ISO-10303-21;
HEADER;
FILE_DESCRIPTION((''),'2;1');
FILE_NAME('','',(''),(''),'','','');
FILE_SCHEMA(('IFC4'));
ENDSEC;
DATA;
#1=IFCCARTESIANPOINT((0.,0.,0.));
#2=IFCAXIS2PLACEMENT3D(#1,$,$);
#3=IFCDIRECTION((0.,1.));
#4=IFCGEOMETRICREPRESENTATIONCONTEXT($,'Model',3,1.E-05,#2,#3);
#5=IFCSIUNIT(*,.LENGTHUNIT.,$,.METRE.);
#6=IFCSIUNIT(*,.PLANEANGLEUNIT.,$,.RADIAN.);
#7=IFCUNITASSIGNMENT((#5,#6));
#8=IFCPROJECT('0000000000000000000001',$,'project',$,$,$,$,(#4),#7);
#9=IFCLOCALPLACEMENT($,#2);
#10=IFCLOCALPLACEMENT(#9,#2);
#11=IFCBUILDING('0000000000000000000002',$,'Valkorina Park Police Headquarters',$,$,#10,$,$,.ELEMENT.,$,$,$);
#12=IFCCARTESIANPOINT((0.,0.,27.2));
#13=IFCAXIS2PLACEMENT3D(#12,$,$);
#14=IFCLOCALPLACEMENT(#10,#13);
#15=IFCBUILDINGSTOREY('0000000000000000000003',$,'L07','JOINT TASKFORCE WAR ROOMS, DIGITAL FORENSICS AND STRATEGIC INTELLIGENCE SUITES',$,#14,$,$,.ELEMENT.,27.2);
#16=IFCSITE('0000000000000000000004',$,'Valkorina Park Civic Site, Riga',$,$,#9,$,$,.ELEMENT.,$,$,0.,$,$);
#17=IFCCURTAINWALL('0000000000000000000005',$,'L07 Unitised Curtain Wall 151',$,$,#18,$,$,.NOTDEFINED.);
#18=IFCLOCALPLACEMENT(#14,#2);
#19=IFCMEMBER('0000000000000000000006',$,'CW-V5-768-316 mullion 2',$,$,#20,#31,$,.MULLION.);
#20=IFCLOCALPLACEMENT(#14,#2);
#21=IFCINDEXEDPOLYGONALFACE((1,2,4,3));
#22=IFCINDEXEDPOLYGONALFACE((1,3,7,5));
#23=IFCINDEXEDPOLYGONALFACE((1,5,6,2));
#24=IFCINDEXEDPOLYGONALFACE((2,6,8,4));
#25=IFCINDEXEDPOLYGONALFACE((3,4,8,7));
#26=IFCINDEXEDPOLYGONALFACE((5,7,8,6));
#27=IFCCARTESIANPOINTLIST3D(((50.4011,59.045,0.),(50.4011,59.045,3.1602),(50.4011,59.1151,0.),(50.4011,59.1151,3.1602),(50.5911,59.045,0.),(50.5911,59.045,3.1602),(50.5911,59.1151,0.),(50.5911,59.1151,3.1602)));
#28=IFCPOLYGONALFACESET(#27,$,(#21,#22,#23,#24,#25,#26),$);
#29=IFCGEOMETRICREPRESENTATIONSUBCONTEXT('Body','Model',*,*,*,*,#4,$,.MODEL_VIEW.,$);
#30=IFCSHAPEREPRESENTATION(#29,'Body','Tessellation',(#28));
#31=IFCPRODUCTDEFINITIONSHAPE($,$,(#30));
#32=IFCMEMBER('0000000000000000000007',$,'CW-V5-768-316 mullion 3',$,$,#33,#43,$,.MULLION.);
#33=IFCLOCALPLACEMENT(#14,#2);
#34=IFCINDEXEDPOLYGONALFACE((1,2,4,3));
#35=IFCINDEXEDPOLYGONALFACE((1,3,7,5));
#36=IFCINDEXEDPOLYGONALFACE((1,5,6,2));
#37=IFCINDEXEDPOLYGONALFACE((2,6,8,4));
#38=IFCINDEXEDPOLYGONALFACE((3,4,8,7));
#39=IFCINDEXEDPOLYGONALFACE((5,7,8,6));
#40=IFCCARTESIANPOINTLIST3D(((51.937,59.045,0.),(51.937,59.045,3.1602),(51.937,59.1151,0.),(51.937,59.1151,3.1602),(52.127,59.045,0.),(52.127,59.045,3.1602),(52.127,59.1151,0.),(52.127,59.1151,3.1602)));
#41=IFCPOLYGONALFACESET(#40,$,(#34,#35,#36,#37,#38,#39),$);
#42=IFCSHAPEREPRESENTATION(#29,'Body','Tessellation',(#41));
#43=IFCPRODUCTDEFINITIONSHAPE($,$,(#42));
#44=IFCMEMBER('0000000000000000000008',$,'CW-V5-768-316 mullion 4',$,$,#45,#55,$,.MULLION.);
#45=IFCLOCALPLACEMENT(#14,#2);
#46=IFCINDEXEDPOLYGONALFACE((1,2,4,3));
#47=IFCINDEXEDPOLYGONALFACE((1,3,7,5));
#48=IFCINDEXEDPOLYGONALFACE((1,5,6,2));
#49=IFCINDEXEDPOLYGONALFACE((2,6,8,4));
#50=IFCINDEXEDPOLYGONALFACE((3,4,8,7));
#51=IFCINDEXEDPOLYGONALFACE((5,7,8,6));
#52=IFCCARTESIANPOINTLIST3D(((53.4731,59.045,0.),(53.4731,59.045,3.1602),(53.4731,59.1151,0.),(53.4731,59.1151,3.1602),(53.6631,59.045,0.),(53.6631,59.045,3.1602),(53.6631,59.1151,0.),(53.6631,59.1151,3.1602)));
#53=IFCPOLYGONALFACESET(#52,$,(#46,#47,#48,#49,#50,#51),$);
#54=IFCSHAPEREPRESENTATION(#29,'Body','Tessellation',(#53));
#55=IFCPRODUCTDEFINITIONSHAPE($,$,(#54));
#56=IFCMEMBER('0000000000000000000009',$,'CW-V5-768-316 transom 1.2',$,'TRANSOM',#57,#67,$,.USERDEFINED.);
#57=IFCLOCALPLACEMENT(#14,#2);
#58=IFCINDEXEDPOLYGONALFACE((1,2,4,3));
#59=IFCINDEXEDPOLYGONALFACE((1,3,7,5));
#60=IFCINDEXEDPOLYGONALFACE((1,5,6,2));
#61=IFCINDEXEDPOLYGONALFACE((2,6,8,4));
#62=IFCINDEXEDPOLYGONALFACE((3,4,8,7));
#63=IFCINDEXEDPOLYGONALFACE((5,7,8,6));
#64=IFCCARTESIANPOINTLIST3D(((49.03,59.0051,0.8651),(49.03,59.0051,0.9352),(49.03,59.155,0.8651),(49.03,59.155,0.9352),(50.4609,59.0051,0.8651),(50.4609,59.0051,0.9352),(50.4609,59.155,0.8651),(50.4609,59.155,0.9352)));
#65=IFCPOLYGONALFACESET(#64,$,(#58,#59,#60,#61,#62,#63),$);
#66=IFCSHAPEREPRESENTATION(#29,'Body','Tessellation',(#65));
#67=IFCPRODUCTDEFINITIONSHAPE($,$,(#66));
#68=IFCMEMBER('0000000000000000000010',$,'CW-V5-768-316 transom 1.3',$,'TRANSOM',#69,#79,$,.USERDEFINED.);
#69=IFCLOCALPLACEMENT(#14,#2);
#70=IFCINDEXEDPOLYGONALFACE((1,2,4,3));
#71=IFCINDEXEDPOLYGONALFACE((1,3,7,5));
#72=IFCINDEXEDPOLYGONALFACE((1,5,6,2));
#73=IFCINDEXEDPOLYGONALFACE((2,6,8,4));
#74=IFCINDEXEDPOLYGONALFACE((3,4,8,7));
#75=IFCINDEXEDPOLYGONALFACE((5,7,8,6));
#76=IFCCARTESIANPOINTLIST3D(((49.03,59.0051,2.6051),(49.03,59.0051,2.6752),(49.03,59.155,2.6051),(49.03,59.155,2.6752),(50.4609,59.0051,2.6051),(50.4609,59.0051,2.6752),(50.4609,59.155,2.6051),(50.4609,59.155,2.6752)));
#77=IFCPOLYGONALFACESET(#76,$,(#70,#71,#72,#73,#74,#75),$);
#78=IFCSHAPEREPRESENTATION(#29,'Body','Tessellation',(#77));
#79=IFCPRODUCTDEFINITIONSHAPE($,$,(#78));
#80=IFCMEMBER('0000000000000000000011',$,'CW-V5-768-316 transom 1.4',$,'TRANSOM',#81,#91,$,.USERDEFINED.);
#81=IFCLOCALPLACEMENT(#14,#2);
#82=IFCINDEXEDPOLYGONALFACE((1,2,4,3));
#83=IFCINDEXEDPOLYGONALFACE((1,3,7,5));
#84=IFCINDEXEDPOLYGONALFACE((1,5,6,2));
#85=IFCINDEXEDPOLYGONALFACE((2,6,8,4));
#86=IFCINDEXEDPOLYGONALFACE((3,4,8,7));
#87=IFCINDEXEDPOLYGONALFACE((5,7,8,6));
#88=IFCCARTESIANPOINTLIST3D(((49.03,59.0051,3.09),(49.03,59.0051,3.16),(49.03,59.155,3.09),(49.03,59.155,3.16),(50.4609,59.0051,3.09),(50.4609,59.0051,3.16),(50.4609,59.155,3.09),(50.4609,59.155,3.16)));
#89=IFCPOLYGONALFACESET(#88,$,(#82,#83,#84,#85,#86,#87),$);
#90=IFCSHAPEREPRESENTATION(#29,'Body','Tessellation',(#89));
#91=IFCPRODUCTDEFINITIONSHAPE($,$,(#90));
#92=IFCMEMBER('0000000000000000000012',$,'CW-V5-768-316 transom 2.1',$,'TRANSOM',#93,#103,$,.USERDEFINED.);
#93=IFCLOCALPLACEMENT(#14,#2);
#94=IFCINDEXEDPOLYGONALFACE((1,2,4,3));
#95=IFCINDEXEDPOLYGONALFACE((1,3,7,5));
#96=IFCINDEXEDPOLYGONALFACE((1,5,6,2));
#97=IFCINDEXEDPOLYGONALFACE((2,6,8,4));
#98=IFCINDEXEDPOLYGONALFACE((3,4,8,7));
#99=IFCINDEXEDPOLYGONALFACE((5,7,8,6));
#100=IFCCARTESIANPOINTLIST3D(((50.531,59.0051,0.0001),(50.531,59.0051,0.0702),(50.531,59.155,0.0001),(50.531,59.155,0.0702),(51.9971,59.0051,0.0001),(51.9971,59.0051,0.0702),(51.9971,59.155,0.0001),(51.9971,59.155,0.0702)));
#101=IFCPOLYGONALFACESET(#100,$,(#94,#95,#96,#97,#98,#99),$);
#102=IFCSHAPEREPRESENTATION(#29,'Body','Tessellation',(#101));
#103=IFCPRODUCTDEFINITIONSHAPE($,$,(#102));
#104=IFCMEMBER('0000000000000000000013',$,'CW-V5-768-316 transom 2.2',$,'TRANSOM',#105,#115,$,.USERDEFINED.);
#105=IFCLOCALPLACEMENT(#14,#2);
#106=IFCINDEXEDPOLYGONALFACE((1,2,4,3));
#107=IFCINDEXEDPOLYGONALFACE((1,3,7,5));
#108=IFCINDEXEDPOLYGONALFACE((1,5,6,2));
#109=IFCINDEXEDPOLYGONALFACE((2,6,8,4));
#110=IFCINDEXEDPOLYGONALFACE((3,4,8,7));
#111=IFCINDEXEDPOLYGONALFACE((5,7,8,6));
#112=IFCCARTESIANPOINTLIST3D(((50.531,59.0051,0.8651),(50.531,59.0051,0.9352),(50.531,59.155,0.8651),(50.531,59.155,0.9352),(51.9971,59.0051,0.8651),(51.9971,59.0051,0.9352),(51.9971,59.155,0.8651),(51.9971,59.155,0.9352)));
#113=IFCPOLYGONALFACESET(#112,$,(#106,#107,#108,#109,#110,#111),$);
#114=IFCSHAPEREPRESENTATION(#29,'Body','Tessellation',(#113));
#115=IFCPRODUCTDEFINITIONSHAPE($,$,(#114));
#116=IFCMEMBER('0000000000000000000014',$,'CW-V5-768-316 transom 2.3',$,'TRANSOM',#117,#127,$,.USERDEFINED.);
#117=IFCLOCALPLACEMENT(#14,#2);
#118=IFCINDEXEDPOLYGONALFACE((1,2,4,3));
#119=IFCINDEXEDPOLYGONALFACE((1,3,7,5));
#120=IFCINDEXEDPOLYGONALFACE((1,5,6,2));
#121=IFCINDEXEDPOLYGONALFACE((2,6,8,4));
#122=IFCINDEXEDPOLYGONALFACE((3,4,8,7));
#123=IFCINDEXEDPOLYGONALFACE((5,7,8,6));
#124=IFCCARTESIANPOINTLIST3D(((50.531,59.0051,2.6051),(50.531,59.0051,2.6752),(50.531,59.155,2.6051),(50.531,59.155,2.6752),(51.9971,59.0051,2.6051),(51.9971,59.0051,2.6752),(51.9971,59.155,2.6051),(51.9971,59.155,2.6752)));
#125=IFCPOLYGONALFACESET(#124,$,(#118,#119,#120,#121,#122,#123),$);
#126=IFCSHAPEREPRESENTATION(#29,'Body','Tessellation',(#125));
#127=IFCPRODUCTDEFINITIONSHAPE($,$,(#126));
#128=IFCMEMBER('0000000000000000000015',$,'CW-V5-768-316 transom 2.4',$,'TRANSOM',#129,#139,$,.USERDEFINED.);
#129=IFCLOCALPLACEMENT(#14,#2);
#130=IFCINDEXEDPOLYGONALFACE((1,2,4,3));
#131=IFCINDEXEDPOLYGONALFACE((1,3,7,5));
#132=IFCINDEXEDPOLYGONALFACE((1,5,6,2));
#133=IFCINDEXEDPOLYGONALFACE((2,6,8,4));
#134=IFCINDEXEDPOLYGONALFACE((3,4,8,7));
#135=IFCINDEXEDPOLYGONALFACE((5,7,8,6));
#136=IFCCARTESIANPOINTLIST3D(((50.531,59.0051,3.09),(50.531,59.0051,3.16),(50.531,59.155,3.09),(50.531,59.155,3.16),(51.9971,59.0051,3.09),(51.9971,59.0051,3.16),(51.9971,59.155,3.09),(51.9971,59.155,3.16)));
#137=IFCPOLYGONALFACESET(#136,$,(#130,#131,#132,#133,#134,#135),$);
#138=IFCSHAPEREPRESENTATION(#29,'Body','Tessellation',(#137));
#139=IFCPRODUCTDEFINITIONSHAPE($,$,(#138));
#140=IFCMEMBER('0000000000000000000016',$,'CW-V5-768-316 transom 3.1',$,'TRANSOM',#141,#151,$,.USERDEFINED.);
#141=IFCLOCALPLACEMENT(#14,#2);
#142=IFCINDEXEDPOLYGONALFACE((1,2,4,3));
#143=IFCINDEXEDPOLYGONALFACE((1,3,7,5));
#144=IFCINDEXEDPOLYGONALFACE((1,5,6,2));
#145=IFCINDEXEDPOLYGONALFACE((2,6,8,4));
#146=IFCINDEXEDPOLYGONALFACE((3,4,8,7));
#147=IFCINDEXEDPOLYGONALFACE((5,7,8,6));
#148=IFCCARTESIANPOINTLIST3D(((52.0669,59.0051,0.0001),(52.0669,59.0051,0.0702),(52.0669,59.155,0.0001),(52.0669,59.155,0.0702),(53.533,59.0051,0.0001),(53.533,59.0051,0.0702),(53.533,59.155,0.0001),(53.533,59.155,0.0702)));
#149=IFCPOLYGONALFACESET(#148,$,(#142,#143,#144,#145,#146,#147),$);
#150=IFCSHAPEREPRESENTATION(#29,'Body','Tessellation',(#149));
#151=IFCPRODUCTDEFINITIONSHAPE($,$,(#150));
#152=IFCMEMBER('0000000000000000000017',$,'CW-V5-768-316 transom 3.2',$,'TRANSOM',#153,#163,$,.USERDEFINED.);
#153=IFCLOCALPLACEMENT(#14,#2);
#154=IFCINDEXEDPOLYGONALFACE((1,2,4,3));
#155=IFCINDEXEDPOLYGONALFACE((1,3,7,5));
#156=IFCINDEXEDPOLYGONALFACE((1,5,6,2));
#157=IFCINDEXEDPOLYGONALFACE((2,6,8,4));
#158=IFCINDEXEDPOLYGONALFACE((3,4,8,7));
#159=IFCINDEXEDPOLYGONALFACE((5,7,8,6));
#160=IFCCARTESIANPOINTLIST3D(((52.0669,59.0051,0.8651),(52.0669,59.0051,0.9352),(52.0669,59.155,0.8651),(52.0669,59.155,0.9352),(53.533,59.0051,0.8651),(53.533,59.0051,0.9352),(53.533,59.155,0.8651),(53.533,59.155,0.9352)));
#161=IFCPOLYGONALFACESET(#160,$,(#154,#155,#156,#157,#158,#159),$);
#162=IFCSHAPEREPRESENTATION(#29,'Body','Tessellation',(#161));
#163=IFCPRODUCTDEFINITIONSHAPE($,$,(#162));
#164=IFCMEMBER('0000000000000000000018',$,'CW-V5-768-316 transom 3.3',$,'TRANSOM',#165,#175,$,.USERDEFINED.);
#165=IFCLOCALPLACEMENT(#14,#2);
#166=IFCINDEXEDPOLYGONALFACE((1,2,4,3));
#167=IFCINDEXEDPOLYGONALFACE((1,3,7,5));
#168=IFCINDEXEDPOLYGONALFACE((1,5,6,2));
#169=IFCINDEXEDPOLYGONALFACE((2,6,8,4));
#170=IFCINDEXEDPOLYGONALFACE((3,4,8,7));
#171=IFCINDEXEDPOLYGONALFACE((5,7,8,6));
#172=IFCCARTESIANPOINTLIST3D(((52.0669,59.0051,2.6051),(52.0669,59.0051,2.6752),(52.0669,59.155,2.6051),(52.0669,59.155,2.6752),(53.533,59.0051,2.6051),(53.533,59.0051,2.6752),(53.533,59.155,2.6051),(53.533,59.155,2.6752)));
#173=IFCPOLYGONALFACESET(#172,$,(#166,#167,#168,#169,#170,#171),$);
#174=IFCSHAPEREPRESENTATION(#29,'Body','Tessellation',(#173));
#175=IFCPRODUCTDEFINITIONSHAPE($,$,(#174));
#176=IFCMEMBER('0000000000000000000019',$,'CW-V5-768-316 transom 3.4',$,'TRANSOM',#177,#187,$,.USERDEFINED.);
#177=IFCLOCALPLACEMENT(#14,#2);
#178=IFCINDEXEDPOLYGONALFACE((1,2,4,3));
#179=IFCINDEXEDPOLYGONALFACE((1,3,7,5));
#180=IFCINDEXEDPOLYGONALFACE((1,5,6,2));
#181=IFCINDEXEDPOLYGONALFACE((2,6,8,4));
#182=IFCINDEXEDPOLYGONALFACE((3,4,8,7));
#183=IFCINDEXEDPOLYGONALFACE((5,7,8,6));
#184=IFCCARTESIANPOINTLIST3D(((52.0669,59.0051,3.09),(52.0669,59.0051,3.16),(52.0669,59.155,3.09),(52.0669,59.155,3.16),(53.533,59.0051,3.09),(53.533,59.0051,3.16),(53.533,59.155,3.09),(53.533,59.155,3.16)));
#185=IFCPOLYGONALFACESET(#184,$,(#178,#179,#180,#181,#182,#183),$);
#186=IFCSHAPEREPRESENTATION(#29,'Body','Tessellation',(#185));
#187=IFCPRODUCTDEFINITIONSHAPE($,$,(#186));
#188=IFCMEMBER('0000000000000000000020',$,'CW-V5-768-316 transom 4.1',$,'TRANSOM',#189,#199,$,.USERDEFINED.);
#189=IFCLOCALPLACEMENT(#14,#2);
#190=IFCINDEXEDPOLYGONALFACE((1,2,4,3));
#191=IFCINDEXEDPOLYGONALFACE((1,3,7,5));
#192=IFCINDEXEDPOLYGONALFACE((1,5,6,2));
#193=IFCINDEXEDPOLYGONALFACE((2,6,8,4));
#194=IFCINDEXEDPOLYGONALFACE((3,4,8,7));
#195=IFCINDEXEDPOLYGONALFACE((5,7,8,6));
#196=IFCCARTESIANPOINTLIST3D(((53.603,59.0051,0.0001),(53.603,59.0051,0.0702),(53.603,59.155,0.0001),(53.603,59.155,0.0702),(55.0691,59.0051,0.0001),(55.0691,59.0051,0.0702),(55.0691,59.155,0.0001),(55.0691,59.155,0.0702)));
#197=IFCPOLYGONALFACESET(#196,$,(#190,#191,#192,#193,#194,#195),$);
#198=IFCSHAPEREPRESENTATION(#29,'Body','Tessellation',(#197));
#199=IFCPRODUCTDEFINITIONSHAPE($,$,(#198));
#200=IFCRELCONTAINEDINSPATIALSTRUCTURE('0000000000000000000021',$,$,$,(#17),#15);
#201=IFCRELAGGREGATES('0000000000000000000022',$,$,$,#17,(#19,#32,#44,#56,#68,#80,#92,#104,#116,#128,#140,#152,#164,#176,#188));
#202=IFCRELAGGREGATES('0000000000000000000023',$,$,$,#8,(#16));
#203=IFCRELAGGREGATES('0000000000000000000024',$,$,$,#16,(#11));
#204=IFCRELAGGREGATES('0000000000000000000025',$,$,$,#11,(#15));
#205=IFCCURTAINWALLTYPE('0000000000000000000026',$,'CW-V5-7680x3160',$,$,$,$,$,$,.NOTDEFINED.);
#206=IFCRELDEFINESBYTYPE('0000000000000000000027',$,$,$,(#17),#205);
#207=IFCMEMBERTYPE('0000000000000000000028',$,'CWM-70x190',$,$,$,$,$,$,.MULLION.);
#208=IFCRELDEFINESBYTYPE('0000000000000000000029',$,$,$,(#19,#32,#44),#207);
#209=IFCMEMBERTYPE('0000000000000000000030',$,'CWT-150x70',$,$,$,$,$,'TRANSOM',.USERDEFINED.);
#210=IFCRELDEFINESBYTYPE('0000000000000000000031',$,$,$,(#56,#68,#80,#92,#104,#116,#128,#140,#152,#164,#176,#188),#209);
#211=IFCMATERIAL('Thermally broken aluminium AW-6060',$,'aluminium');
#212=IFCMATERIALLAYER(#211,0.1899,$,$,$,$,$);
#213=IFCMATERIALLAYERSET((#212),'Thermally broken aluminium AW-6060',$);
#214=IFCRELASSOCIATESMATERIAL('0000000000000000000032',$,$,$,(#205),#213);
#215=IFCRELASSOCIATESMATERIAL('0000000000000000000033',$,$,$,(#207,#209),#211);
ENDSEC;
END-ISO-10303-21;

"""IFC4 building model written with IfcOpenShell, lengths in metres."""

from ifc_helpers import new_model, si_unit, direction, frame, origin, origin_2d, place, context, subcontext, project, spatial, rectangle, extrude, material, layer, layer_set, material_profile, profile_set, type_object, element, aggregate, save


model = new_model("IFC4")

# Units and contexts
model_context = context("Model", 3, precision=1e-05, world=origin(), true_north=direction((0.0, 1.0)))
body_context = subcontext(model_context, "Body", "Model", "MODEL_VIEW")
ifc_project = project(units=[si_unit("LENGTHUNIT", "METRE"), si_unit("PLANEANGLEUNIT", "RADIAN")], contexts=[model_context])

# Site, building, storey
site_placement = place(None, origin())
site = spatial("IfcSite", under=ifc_project, at=site_placement, Name="Valkorina Park Civic Site, Riga", CompositionType="ELEMENT", RefElevation=0.0)
building_placement = place(site_placement, origin())
building = spatial("IfcBuilding", under=site, at=building_placement, Name="Valkorina Park Police Headquarters", CompositionType="ELEMENT")
storey_placement = place(building_placement, frame((0.0, 0.0, 27.2)))
storey = spatial("IfcBuildingStorey", under=building, at=storey_placement, Name="L07", Description="JOINT TASKFORCE WAR ROOMS, DIGITAL FORENSICS AND STRATEGIC INTELLIGENCE SUITES", CompositionType="ELEMENT", Elevation=27.2)

# Curtain wall, members
ifc_material_1 = material(Name="Thermally broken aluminium AW-6060", Category="aluminium")
ifc_layer_1 = layer(ifc_material_1, 0.1899)
ifc_layer_set_1 = layer_set([ifc_layer_1], Name="Thermally broken aluminium AW-6060")
curtain_wall_type = type_object("IfcCurtainWallType", Name="CW-V5-7680x3160", PredefinedType="NOTDEFINED", material=ifc_layer_set_1)
curtain_wall_placement = place(storey_placement, origin())
curtain_wall = element("IfcCurtainWall", 1, at=curtain_wall_placement, inside=storey, type_object=curtain_wall_type, Name="L07 Unitised Curtain Wall 151", PredefinedType="NOTDEFINED")
ifc_material_profile_1 = material_profile(ifc_material_1, rectangle(XDim=0.0701, YDim=0.1899, at=origin_2d()), Name="CWM-02 70x190")
ifc_profile_set_1 = profile_set([ifc_material_profile_1], Name="Thermally broken aluminium AW-6060")
member_type_1 = type_object("IfcMemberType", Name="CWM-70x190", PredefinedType="MULLION", material=ifc_profile_set_1)
member_1_placement = place(storey_placement, frame((50.4961, 59.0801, 0.0), z_axis=(0.0, 0.0, 1.0), x_axis=(0.0, 1.0, 0.0)))
member_1 = element("IfcMember", 2, at=member_1_placement, type_object=member_type_1, Name="CW-V5-768-316 mullion 2", PredefinedType="MULLION", context=body_context, shape_type="SweptSolid", body=[
    extrude(rectangle(XDim=0.0701, YDim=0.1899, at=origin_2d()), origin(), (0.0, 0.0, 1.0), 3.1602),
])
member_2_placement = place(storey_placement, frame((52.032, 59.0801, 0.0), z_axis=(0.0, 0.0, 1.0), x_axis=(0.0, 1.0, 0.0)))
member_2 = element("IfcMember", 3, at=member_2_placement, type_object=member_type_1, Name="CW-V5-768-316 mullion 3", PredefinedType="MULLION", context=body_context, shape_type="SweptSolid", body=[
    extrude(rectangle(XDim=0.0701, YDim=0.1899, at=origin_2d()), origin(), (0.0, 0.0, 1.0), 3.1602),
])
member_3_placement = place(storey_placement, frame((53.5681, 59.0801, 0.0), z_axis=(0.0, 0.0, 1.0), x_axis=(0.0, 1.0, 0.0)))
member_3 = element("IfcMember", 4, at=member_3_placement, type_object=member_type_1, Name="CW-V5-768-316 mullion 4", PredefinedType="MULLION", context=body_context, shape_type="SweptSolid", body=[
    extrude(rectangle(XDim=0.0701, YDim=0.1899, at=origin_2d()), origin(), (0.0, 0.0, 1.0), 3.1602),
])
ifc_material_profile_2 = material_profile(ifc_material_1, rectangle(XDim=0.1499, YDim=0.0701, at=origin_2d()), Name="CWT-02 150x70")
ifc_profile_set_2 = profile_set([ifc_material_profile_2], Name="Thermally broken aluminium AW-6060")
member_type_2 = type_object("IfcMemberType", Name="CWT-150x70", ElementType="TRANSOM", PredefinedType="USERDEFINED", material=ifc_profile_set_2)
member_4_placement = place(storey_placement, frame((49.03, 59.0801, 0.9001), z_axis=(1.0, 0.0, 0.0), x_axis=(0.0, 1.0, 0.0)))
member_4 = element("IfcMember", 5, at=member_4_placement, type_object=member_type_2, Name="CW-V5-768-316 transom 1.2", ObjectType="TRANSOM", PredefinedType="USERDEFINED", context=body_context, shape_type="SweptSolid", body=[
    extrude(rectangle(XDim=0.1499, YDim=0.0701, at=origin_2d()), origin(), (0.0, 0.0, 1.0), 1.4309),
])
member_5_placement = place(storey_placement, frame((49.03, 59.0801, 2.6401), z_axis=(1.0, 0.0, 0.0), x_axis=(0.0, 1.0, 0.0)))
member_5 = element("IfcMember", 6, at=member_5_placement, type_object=member_type_2, Name="CW-V5-768-316 transom 1.3", ObjectType="TRANSOM", PredefinedType="USERDEFINED", context=body_context, shape_type="SweptSolid", body=[
    extrude(rectangle(XDim=0.1499, YDim=0.0701, at=origin_2d()), origin(), (0.0, 0.0, 1.0), 1.4309),
])
member_6_placement = place(storey_placement, frame((49.03, 59.0801, 3.125), z_axis=(1.0, 0.0, 0.0), x_axis=(0.0, 1.0, 0.0)))
member_6 = element("IfcMember", 7, at=member_6_placement, type_object=member_type_2, Name="CW-V5-768-316 transom 1.4", ObjectType="TRANSOM", PredefinedType="USERDEFINED", context=body_context, shape_type="SweptSolid", body=[
    extrude(rectangle(XDim=0.1499, YDim=0.0701, at=origin_2d()), origin(), (0.0, 0.0, 1.0), 1.4309),
])
member_7_placement = place(storey_placement, frame((50.531, 59.0801, 0.0352), z_axis=(1.0, 0.0, 0.0), x_axis=(0.0, 1.0, 0.0)))
member_7 = element("IfcMember", 8, at=member_7_placement, type_object=member_type_2, Name="CW-V5-768-316 transom 2.1", ObjectType="TRANSOM", PredefinedType="USERDEFINED", context=body_context, shape_type="SweptSolid", body=[
    extrude(rectangle(XDim=0.1499, YDim=0.0701, at=origin_2d()), origin(), (0.0, 0.0, 1.0), 1.4661),
])
member_8_placement = place(storey_placement, frame((50.531, 59.0801, 0.9001), z_axis=(1.0, 0.0, 0.0), x_axis=(0.0, 1.0, 0.0)))
member_8 = element("IfcMember", 9, at=member_8_placement, type_object=member_type_2, Name="CW-V5-768-316 transom 2.2", ObjectType="TRANSOM", PredefinedType="USERDEFINED", context=body_context, shape_type="SweptSolid", body=[
    extrude(rectangle(XDim=0.1499, YDim=0.0701, at=origin_2d()), origin(), (0.0, 0.0, 1.0), 1.4661),
])
member_9_placement = place(storey_placement, frame((50.531, 59.0801, 2.6401), z_axis=(1.0, 0.0, 0.0), x_axis=(0.0, 1.0, 0.0)))
member_9 = element("IfcMember", 10, at=member_9_placement, type_object=member_type_2, Name="CW-V5-768-316 transom 2.3", ObjectType="TRANSOM", PredefinedType="USERDEFINED", context=body_context, shape_type="SweptSolid", body=[
    extrude(rectangle(XDim=0.1499, YDim=0.0701, at=origin_2d()), origin(), (0.0, 0.0, 1.0), 1.4661),
])
member_10_placement = place(storey_placement, frame((50.531, 59.0801, 3.125), z_axis=(1.0, 0.0, 0.0), x_axis=(0.0, 1.0, 0.0)))
member_10 = element("IfcMember", 11, at=member_10_placement, type_object=member_type_2, Name="CW-V5-768-316 transom 2.4", ObjectType="TRANSOM", PredefinedType="USERDEFINED", context=body_context, shape_type="SweptSolid", body=[
    extrude(rectangle(XDim=0.1499, YDim=0.0701, at=origin_2d()), origin(), (0.0, 0.0, 1.0), 1.4661),
])
member_11_placement = place(storey_placement, frame((52.0669, 59.0801, 0.0352), z_axis=(1.0, 0.0, 0.0), x_axis=(0.0, 1.0, 0.0)))
member_11 = element("IfcMember", 12, at=member_11_placement, type_object=member_type_2, Name="CW-V5-768-316 transom 3.1", ObjectType="TRANSOM", PredefinedType="USERDEFINED", context=body_context, shape_type="SweptSolid", body=[
    extrude(rectangle(XDim=0.1499, YDim=0.0701, at=origin_2d()), origin(), (0.0, 0.0, 1.0), 1.4661),
])
member_12_placement = place(storey_placement, frame((52.0669, 59.0801, 0.9001), z_axis=(1.0, 0.0, 0.0), x_axis=(0.0, 1.0, 0.0)))
member_12 = element("IfcMember", 13, at=member_12_placement, type_object=member_type_2, Name="CW-V5-768-316 transom 3.2", ObjectType="TRANSOM", PredefinedType="USERDEFINED", context=body_context, shape_type="SweptSolid", body=[
    extrude(rectangle(XDim=0.1499, YDim=0.0701, at=origin_2d()), origin(), (0.0, 0.0, 1.0), 1.4661),
])
member_13_placement = place(storey_placement, frame((52.0669, 59.0801, 2.6401), z_axis=(1.0, 0.0, 0.0), x_axis=(0.0, 1.0, 0.0)))
member_13 = element("IfcMember", 14, at=member_13_placement, type_object=member_type_2, Name="CW-V5-768-316 transom 3.3", ObjectType="TRANSOM", PredefinedType="USERDEFINED", context=body_context, shape_type="SweptSolid", body=[
    extrude(rectangle(XDim=0.1499, YDim=0.0701, at=origin_2d()), origin(), (0.0, 0.0, 1.0), 1.4661),
])
member_14_placement = place(storey_placement, frame((52.0669, 59.0801, 3.125), z_axis=(1.0, 0.0, 0.0), x_axis=(0.0, 1.0, 0.0)))
member_14 = element("IfcMember", 15, at=member_14_placement, type_object=member_type_2, Name="CW-V5-768-316 transom 3.4", ObjectType="TRANSOM", PredefinedType="USERDEFINED", context=body_context, shape_type="SweptSolid", body=[
    extrude(rectangle(XDim=0.1499, YDim=0.0701, at=origin_2d()), origin(), (0.0, 0.0, 1.0), 1.4661),
])
member_15_placement = place(storey_placement, frame((53.603, 59.0801, 0.0352), z_axis=(1.0, 0.0, 0.0), x_axis=(0.0, 1.0, 0.0)))
member_15 = element("IfcMember", 16, at=member_15_placement, type_object=member_type_2, Name="CW-V5-768-316 transom 4.1", ObjectType="TRANSOM", PredefinedType="USERDEFINED", context=body_context, shape_type="SweptSolid", body=[
    extrude(rectangle(XDim=0.1499, YDim=0.0701, at=origin_2d()), origin(), (0.0, 0.0, 1.0), 1.4661),
])
aggregate(curtain_wall, [member_1, member_2, member_3, member_4, member_5, member_6, member_7, member_8, member_9, member_10, member_11, member_12, member_13, member_14, member_15])

save(model, "model.ifc")
